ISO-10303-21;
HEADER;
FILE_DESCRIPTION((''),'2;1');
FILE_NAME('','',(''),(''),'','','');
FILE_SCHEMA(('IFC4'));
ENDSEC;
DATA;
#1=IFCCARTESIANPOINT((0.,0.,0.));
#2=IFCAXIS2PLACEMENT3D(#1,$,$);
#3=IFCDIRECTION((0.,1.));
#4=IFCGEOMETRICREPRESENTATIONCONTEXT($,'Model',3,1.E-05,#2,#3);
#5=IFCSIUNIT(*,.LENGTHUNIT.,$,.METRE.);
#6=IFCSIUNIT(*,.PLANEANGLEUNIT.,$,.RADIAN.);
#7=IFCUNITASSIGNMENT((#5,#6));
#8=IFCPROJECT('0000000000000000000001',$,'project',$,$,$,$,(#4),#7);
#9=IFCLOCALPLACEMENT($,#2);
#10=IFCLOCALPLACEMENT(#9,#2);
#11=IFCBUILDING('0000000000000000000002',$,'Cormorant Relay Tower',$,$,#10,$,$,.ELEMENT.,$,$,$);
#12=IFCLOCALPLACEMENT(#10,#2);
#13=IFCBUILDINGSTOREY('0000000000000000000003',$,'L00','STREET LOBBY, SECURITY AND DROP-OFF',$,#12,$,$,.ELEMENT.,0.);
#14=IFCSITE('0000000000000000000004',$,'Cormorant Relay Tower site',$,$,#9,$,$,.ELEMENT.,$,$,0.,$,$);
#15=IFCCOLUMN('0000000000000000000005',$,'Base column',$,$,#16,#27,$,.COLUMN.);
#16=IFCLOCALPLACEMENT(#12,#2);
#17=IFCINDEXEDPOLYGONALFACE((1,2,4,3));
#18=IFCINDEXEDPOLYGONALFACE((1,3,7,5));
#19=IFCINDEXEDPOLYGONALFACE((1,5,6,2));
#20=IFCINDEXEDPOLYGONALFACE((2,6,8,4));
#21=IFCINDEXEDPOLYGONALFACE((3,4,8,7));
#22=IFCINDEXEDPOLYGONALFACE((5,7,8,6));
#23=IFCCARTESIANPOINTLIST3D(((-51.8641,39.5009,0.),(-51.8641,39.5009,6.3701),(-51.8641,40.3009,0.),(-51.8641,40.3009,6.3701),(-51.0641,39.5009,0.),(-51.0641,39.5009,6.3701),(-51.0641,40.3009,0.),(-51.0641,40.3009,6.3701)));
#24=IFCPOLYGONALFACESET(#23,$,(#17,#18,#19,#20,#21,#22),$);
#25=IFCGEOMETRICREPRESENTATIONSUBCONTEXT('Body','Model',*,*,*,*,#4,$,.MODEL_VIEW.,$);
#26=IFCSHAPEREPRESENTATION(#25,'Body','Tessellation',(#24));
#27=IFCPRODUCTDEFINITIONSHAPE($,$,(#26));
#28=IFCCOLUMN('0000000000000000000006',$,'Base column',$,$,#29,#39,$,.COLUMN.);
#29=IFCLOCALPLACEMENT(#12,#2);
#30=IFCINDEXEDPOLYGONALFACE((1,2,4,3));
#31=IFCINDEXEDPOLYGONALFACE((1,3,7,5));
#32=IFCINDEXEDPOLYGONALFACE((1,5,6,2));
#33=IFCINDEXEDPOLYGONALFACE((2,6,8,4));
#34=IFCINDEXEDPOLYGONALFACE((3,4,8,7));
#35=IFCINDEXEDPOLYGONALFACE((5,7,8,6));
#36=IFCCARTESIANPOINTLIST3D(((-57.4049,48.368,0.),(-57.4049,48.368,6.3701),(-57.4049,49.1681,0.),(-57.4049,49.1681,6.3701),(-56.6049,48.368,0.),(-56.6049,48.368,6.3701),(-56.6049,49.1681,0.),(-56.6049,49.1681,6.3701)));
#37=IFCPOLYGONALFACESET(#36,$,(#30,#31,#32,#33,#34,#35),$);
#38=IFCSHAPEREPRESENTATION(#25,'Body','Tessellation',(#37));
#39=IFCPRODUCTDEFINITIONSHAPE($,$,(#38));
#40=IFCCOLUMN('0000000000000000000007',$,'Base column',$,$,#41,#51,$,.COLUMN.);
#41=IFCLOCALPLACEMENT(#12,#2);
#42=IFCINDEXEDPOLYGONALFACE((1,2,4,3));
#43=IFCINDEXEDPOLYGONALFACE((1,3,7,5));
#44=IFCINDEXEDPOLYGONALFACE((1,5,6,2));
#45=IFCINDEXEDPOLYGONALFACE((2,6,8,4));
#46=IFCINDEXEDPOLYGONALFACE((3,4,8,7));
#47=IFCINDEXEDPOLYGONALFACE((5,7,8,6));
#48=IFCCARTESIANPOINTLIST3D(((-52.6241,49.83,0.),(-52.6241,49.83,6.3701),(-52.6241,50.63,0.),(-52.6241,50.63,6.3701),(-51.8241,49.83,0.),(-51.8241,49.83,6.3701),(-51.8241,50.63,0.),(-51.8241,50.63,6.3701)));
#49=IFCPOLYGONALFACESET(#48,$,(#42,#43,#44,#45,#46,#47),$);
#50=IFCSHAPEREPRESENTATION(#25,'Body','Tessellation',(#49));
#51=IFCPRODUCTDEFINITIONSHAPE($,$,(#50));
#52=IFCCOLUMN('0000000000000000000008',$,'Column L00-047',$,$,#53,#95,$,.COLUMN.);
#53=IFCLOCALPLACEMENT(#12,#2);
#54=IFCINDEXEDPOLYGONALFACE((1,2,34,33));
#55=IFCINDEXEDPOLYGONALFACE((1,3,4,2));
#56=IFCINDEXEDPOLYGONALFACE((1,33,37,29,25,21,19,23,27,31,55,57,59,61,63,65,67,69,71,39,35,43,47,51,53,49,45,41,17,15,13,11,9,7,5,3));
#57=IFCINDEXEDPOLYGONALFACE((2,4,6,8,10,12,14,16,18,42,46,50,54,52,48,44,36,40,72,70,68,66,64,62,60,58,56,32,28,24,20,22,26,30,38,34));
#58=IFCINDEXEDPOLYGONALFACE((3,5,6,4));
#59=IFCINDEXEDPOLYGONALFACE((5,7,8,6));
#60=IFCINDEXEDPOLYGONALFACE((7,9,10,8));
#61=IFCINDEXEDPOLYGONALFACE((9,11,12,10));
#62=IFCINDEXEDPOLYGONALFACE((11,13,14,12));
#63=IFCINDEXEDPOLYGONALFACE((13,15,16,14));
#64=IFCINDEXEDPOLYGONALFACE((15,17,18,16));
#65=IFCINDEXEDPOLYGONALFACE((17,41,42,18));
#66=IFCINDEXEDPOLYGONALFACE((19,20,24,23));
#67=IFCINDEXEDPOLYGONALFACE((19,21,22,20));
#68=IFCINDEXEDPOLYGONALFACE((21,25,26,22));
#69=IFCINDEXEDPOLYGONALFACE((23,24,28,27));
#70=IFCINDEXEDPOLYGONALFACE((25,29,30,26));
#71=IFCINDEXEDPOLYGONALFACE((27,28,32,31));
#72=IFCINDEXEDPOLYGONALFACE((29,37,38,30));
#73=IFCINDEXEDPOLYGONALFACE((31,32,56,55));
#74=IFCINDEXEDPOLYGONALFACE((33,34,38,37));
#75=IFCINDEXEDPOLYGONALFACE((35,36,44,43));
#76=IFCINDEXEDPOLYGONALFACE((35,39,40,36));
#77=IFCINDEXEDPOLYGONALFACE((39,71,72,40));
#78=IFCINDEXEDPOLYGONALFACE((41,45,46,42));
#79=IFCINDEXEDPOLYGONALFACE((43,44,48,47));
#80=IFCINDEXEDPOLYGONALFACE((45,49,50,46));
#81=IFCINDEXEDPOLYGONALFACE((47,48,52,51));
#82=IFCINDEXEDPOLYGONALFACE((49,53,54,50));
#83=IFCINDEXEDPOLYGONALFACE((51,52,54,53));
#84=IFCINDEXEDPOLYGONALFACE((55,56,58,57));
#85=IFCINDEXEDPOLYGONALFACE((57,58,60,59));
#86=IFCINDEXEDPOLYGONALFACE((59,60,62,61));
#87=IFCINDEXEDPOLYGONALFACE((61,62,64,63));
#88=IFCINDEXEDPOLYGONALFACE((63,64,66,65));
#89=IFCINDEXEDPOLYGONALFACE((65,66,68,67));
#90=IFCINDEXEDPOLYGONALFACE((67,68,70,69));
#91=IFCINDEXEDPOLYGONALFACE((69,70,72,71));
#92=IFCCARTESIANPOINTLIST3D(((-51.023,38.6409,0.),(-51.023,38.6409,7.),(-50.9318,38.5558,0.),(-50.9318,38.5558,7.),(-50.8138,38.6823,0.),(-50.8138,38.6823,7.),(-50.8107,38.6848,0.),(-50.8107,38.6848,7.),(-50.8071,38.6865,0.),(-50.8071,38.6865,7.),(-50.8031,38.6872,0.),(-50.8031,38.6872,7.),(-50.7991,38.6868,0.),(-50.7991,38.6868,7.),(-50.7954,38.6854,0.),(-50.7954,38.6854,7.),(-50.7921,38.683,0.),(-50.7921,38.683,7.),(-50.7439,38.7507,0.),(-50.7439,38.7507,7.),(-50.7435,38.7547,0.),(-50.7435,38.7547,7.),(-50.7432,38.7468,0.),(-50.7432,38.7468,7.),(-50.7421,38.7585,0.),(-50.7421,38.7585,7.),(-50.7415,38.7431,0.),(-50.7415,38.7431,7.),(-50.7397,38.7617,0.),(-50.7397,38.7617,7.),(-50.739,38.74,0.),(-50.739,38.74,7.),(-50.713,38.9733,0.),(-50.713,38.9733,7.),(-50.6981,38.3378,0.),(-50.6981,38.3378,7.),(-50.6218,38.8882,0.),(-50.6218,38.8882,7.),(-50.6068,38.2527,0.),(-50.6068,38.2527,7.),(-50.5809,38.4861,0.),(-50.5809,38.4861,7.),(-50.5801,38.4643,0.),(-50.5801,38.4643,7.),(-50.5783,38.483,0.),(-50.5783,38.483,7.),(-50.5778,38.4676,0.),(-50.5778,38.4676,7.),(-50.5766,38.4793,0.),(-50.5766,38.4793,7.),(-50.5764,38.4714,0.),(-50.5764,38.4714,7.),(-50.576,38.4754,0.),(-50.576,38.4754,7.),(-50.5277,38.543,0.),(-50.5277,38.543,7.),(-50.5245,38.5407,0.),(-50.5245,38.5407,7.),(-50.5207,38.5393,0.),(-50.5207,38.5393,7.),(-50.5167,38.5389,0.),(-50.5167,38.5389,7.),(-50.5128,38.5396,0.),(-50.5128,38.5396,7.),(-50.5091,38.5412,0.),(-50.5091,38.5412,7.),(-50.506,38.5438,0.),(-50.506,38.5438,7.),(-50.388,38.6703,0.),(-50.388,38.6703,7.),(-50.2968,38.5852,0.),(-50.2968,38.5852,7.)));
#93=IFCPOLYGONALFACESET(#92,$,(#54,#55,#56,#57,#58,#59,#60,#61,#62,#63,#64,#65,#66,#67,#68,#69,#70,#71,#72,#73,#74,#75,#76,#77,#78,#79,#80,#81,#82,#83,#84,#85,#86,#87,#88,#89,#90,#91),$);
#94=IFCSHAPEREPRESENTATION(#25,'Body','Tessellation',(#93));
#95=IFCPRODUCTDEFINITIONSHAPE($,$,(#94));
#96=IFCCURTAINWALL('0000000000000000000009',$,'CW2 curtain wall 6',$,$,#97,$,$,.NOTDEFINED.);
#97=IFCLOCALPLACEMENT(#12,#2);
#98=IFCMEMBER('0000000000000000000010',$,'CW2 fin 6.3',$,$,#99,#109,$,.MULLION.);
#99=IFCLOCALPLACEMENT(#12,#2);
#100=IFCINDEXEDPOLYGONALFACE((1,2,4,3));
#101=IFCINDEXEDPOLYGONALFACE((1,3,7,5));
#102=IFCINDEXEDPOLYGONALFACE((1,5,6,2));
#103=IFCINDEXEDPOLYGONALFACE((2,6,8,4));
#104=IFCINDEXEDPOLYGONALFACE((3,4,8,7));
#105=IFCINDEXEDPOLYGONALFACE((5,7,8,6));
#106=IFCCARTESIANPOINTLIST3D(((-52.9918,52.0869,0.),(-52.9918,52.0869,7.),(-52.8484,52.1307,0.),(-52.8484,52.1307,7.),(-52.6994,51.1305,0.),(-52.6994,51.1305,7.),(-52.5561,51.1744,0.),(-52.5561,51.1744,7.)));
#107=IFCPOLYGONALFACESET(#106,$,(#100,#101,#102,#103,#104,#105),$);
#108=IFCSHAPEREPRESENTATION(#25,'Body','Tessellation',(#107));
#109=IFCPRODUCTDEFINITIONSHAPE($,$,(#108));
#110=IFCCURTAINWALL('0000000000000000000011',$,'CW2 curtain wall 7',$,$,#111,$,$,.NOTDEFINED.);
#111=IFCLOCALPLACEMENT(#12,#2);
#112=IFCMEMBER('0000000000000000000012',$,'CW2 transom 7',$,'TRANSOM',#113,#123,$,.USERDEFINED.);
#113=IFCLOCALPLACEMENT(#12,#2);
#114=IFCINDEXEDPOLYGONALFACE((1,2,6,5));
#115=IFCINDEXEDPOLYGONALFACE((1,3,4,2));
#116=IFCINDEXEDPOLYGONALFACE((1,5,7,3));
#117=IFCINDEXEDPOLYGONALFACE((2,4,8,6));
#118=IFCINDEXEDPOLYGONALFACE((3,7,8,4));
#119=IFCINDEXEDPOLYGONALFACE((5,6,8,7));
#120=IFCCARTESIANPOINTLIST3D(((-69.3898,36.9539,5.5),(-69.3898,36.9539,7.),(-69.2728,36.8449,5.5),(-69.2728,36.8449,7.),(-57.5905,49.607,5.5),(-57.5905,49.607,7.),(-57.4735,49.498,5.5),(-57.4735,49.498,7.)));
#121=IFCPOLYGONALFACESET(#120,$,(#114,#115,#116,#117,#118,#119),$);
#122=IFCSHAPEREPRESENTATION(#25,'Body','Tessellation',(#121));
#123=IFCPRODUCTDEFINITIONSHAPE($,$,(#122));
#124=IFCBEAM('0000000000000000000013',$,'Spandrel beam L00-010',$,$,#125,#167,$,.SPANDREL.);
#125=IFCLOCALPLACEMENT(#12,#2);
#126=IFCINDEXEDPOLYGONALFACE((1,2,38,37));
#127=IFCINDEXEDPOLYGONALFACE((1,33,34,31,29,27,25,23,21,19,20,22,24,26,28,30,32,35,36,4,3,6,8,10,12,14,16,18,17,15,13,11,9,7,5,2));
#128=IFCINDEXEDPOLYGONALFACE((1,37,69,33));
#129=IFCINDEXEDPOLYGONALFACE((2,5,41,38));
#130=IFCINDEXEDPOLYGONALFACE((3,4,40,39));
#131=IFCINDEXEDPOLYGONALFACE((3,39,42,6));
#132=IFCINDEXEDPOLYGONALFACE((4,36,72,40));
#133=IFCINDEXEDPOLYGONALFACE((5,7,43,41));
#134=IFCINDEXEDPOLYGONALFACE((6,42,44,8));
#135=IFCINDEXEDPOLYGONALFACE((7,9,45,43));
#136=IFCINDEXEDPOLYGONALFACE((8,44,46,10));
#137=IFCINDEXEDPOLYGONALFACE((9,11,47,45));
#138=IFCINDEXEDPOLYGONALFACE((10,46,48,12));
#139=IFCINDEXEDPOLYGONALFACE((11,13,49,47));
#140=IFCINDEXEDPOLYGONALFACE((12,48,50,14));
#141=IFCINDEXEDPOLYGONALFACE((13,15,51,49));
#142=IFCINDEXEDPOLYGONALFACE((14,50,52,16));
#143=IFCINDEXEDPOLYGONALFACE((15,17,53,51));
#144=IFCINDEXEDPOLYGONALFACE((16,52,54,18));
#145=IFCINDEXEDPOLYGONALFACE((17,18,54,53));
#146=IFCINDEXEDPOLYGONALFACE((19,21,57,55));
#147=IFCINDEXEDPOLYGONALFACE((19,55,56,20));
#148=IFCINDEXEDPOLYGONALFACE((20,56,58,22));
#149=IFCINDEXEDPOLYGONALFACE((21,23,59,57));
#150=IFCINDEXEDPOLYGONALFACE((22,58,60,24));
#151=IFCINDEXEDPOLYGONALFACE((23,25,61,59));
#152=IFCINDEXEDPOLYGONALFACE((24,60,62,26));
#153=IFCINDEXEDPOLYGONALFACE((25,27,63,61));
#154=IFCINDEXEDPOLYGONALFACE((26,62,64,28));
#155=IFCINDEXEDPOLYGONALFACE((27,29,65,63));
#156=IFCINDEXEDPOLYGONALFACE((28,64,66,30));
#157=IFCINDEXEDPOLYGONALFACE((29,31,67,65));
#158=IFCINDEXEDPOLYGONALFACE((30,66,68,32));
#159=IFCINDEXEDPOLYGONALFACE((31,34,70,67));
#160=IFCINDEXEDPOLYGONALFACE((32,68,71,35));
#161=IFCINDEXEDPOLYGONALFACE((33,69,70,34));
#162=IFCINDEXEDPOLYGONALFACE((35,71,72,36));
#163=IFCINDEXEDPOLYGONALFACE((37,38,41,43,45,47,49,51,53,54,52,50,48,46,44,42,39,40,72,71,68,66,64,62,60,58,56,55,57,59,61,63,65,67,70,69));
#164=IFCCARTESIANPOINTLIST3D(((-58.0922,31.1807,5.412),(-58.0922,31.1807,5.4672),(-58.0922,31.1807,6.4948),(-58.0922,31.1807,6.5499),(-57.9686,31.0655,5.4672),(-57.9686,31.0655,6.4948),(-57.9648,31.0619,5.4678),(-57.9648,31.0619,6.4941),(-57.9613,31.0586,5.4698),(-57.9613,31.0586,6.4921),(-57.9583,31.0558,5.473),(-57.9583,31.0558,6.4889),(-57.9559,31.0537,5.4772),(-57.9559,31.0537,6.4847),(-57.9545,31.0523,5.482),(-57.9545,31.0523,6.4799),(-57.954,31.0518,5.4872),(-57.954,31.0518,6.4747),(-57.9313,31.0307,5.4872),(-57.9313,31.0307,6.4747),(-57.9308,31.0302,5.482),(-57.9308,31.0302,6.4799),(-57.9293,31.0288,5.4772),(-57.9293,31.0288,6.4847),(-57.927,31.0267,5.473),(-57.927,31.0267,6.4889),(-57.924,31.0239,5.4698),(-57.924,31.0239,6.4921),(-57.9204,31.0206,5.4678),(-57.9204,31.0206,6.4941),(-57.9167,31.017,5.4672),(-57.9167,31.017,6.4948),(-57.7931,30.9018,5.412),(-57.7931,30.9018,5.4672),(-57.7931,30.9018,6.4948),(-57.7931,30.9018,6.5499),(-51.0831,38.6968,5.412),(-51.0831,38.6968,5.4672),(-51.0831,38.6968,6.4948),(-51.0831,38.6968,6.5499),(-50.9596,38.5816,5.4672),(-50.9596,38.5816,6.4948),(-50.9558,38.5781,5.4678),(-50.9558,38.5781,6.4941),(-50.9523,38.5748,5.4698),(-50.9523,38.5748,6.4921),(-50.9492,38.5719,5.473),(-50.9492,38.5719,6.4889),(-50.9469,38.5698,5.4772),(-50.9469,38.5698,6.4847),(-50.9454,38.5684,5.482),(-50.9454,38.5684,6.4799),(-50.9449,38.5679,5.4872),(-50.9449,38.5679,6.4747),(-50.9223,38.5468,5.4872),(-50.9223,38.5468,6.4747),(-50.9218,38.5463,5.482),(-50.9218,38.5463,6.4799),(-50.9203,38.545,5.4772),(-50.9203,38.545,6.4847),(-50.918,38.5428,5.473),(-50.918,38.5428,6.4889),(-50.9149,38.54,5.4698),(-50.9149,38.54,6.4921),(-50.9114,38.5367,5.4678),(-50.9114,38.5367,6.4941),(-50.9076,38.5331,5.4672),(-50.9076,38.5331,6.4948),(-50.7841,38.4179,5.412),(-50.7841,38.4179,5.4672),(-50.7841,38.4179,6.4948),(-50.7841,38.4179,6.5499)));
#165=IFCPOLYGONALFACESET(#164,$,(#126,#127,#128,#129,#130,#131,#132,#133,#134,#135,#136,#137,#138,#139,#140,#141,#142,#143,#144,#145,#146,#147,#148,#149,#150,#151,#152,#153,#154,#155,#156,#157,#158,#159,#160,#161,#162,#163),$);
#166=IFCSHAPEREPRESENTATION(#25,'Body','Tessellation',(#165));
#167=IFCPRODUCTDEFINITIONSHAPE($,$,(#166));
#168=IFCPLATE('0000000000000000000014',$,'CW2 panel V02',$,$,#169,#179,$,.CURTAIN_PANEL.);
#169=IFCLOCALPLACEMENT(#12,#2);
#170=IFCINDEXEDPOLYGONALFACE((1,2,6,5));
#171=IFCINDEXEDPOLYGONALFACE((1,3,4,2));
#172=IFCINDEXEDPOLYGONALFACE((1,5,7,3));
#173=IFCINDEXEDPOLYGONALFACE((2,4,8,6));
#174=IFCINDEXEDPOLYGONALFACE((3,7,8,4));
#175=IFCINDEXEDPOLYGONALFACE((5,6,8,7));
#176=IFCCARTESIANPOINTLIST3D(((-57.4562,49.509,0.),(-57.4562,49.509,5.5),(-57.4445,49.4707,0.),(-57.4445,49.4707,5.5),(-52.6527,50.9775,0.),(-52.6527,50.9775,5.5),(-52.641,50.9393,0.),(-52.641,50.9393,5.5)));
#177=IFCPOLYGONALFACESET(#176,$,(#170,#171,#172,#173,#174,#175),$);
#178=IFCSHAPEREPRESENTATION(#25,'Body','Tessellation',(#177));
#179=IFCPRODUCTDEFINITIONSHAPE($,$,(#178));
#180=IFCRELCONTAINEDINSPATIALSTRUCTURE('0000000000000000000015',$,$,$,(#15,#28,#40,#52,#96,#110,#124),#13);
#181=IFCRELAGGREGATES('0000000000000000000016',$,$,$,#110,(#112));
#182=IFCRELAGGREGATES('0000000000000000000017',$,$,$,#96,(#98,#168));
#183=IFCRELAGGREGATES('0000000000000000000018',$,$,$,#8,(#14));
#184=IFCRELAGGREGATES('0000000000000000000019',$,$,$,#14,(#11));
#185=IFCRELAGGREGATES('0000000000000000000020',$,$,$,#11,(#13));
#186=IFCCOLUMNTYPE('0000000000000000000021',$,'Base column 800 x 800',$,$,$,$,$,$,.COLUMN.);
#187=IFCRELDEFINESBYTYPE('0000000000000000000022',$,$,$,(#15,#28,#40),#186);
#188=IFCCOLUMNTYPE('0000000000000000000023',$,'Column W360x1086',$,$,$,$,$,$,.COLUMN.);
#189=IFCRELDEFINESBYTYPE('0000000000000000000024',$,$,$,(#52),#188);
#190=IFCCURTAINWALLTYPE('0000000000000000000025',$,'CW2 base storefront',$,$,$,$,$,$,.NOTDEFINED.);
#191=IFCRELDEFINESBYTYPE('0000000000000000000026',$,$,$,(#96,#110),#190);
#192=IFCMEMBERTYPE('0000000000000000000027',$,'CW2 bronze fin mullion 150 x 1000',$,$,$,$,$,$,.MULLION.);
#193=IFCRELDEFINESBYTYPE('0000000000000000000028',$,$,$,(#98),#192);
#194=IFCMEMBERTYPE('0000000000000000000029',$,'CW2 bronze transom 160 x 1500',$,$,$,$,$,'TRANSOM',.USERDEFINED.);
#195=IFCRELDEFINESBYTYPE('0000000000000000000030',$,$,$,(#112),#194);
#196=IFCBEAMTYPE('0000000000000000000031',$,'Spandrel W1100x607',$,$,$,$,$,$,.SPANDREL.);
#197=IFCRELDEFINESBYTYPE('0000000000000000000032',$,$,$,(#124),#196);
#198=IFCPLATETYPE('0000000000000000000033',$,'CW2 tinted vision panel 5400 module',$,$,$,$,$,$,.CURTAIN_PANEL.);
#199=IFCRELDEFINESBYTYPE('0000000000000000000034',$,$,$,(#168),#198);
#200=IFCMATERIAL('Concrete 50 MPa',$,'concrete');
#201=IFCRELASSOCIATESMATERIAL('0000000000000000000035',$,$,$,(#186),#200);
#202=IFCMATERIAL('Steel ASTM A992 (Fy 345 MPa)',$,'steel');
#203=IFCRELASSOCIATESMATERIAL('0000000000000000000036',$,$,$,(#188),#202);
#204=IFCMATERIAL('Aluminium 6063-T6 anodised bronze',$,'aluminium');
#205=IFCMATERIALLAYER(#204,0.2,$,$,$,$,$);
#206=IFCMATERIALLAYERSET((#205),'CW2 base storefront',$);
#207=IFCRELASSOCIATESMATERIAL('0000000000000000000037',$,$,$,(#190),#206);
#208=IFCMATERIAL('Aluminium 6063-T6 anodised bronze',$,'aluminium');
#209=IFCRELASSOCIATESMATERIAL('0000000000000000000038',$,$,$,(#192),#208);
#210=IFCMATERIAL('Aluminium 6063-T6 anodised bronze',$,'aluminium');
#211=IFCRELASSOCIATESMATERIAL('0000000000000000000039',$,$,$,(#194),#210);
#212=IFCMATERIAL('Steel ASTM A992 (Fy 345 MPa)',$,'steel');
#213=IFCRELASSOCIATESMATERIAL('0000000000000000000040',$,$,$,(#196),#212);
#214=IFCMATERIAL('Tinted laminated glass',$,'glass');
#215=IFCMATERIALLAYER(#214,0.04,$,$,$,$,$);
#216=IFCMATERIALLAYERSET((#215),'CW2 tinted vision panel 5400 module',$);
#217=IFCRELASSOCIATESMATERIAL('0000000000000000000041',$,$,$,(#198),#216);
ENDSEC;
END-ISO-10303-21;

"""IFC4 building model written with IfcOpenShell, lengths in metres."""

from ifc_helpers import new_model, si_unit, direction, frame, origin, origin_2d, place, context, subcontext, project, spatial, rectangle, i_section, extrude, material, layer, layer_set, material_profile, profile_set, type_object, element, aggregate, save


model = new_model("IFC4")

# Units and contexts
model_context = context("Model", 3, precision=1e-05, world=origin(), true_north=direction((0.0, 1.0)))
body_context = subcontext(model_context, "Body", "Model", "MODEL_VIEW")
ifc_project = project(units=[si_unit("LENGTHUNIT", "METRE"), si_unit("PLANEANGLEUNIT", "RADIAN")], contexts=[model_context])

# Site, building, storey
site_placement = place(None, origin())
site = spatial("IfcSite", under=ifc_project, at=site_placement, Name="Cormorant Relay Tower site", CompositionType="ELEMENT", RefElevation=0.0)
building_placement = place(site_placement, origin())
building = spatial("IfcBuilding", under=site, at=building_placement, Name="Cormorant Relay Tower", CompositionType="ELEMENT")
storey_placement = place(building_placement, origin())
storey = spatial("IfcBuildingStorey", under=building, at=storey_placement, Name="L00", Description="STREET LOBBY, SECURITY AND DROP-OFF", CompositionType="ELEMENT", Elevation=0.0)

# Columns
ifc_material_1 = material(Name="Concrete 50 MPa", Category="concrete")
ifc_material_profile_1 = material_profile(ifc_material_1, rectangle(XDim=0.8, YDim=0.8, at=origin_2d()), Name="RC 800x800")
ifc_profile_set_1 = profile_set([ifc_material_profile_1], Name="Concrete 50 MPa")
column_type_1 = type_object("IfcColumnType", Name="Base column 800 x 800", PredefinedType="COLUMN", material=ifc_profile_set_1)
for number, where, z_axis, x_axis, name in (
    (1, (-51.4641, 39.9009, 0.0), (0.0, 0.0, 1.0), (1.0, 0.0, 0.0), "Base column"),
    (2, (-57.0049, 48.7681, 0.0), (0.0, 0.0, 1.0), (1.0, 0.0, 0.0), "Base column"),
    (3, (-52.2241, 50.23, 0.0), (0.0, 0.0, 1.0), (1.0, 0.0, 0.0), "Base column"),
):
    element("IfcColumn", number, at=place(storey_placement, frame(where, z_axis=z_axis, x_axis=x_axis)), inside=storey, type_object=column_type_1, Name=name, PredefinedType="COLUMN", context=body_context, shape_type="SweptSolid", body=[
        extrude(rectangle(XDim=0.8, YDim=0.8, at=origin_2d()), origin(), (0.0, 0.0, 1.0), 6.3701),
    ])
ifc_material_2 = material(Name="Steel ASTM A992 (Fy 345 MPa)", Category="steel")
ifc_material_profile_2 = material_profile(ifc_material_2, i_section(OverallWidth=0.4546, OverallDepth=0.5691, WebThickness=0.0779, FlangeThickness=0.1248, FilletRadius=0.0154, at=origin_2d()), Name="W360x1086")
ifc_profile_set_2 = profile_set([ifc_material_profile_2], Name="Steel ASTM A992 (Fy 345 MPa)")
column_type_2 = type_object("IfcColumnType", Name="Column W360x1086", PredefinedType="COLUMN", material=ifc_profile_set_2)
column_placement = place(storey_placement, frame((-50.6599, 38.613, 0.0), z_axis=(0.0, 0.0, 1.0), x_axis=(-0.681998, -0.731354, 0.0)))
element("IfcColumn", 4, at=column_placement, inside=storey, type_object=column_type_2, Name="Column L00-047", PredefinedType="COLUMN", context=body_context, shape_type="SweptSolid", body=[
    extrude(i_section(OverallWidth=0.4546, OverallDepth=0.5691, WebThickness=0.0779, FlangeThickness=0.1248, FilletRadius=0.0154, at=origin_2d()), origin(), (0.0, 0.0, 1.0), 7.0),
])

# Curtain walls, members
ifc_material_3 = material(Name="Aluminium 6063-T6 anodised bronze", Category="aluminium")
ifc_layer_1 = layer(ifc_material_3, 0.2)
ifc_layer_set_1 = layer_set([ifc_layer_1], Name="CW2 base storefront")
curtain_wall_type = type_object("IfcCurtainWallType", Name="CW2 base storefront", PredefinedType="NOTDEFINED", material=ifc_layer_set_1)
curtain_wall_1_placement = place(storey_placement, origin())
curtain_wall_1 = element("IfcCurtainWall", 5, at=curtain_wall_1_placement, inside=storey, type_object=curtain_wall_type, Name="CW2 curtain wall 6", PredefinedType="NOTDEFINED")
ifc_material_4 = material(Name="Aluminium 6063-T6 anodised bronze", Category="aluminium")
ifc_material_profile_3 = material_profile(ifc_material_4, rectangle(XDim=0.1499, YDim=1.0, at=origin_2d()), Name="AL 150x1000")
ifc_profile_set_3 = profile_set([ifc_material_profile_3], Name="Aluminium 6063-T6 anodised bronze")
member_type_1 = type_object("IfcMemberType", Name="CW2 bronze fin mullion 150 x 1000", PredefinedType="MULLION", material=ifc_profile_set_3)
member_1_placement = place(storey_placement, frame((-52.7739, 51.6306, 0.0), z_axis=(0.0, 0.0, 1.0), x_axis=(-0.956305, -0.292372, 0.0)))
member_1 = element("IfcMember", 6, at=member_1_placement, type_object=member_type_1, Name="CW2 fin 6.3", PredefinedType="MULLION", context=body_context, shape_type="SweptSolid", body=[
    extrude(rectangle(XDim=0.1499, YDim=1.0, at=origin_2d()), origin(), (0.0, 0.0, 1.0), 7.0),
])
curtain_wall_2_placement = place(storey_placement, origin())
curtain_wall_2 = element("IfcCurtainWall", 7, at=curtain_wall_2_placement, inside=storey, type_object=curtain_wall_type, Name="CW2 curtain wall 7", PredefinedType="NOTDEFINED")
ifc_material_5 = material(Name="Aluminium 6063-T6 anodised bronze", Category="aluminium")
ifc_material_profile_4 = material_profile(ifc_material_5, rectangle(XDim=0.1599, YDim=1.5, at=origin_2d()), Name="AL 160x1500")
ifc_profile_set_4 = profile_set([ifc_material_profile_4], Name="Aluminium 6063-T6 anodised bronze")
member_type_2 = type_object("IfcMemberType", Name="CW2 bronze transom 160 x 1500", ElementType="TRANSOM", PredefinedType="USERDEFINED", material=ifc_profile_set_4)
member_2_placement = place(storey_placement, frame((-57.532, 49.5525, 6.25), z_axis=(-0.682002, -0.73135, 0.0), x_axis=(0.73135, -0.682002, 0.0)))
member_2 = element("IfcMember", 8, at=member_2_placement, type_object=member_type_2, Name="CW2 transom 7", ObjectType="TRANSOM", PredefinedType="USERDEFINED", context=body_context, shape_type="SweptSolid", body=[
    extrude(rectangle(XDim=0.1599, YDim=1.5, at=origin_2d()), origin(), (0.0, 0.0, 1.0), 17.301),
])
aggregate(curtain_wall_2, [member_2])

# Beam
ifc_material_6 = material(Name="Steel ASTM A992 (Fy 345 MPa)", Category="steel")
ifc_material_profile_5 = material_profile(ifc_material_6, i_section(OverallWidth=0.4089, OverallDepth=1.1379, WebThickness=0.031, FlangeThickness=0.0552, FilletRadius=0.02, at=origin_2d()), Name="W1100x607")
ifc_profile_set_5 = profile_set([ifc_material_profile_5], Name="Steel ASTM A992 (Fy 345 MPa)")
beam_type = type_object("IfcBeamType", Name="Spandrel W1100x607", PredefinedType="SPANDREL", material=ifc_profile_set_5)
beam_placement = place(storey_placement, frame((-50.9336, 38.5574, 5.981), z_axis=(-0.682006, -0.731347, 0.0), x_axis=(0.731347, -0.682006, 0.0)))
element("IfcBeam", 9, at=beam_placement, inside=storey, type_object=beam_type, Name="Spandrel beam L00-010", PredefinedType="SPANDREL", context=body_context, shape_type="SweptSolid", body=[
    extrude(i_section(OverallWidth=0.4089, OverallDepth=1.1379, WebThickness=0.031, FlangeThickness=0.0552, FilletRadius=0.02, at=origin_2d()), origin(), (0.0, 0.0, 1.0), 10.2771),
])

# Plate
ifc_material_7 = material(Name="Tinted laminated glass", Category="glass")
ifc_layer_2 = layer(ifc_material_7, 0.04)
ifc_layer_set_2 = layer_set([ifc_layer_2], Name="CW2 tinted vision panel 5400 module")
plate_type = type_object("IfcPlateType", Name="CW2 tinted vision panel 5400 module", PredefinedType="CURTAIN_PANEL", material=ifc_layer_set_2)
plate_placement = place(storey_placement, frame((-55.0486, 50.2241, 0.0), z_axis=(0.0, 0.0, 1.0), x_axis=(-0.956305, -0.292372, 0.0)))
plate = element("IfcPlate", 10, at=plate_placement, type_object=plate_type, Name="CW2 panel V02", PredefinedType="CURTAIN_PANEL", context=body_context, shape_type="SweptSolid", body=[
    extrude(rectangle(XDim=5.0229, YDim=0.04, at=origin_2d()), origin(), (0.0, 0.0, 1.0), 5.5),
])
aggregate(curtain_wall_1, [member_1, plate])

save(model, "model.ifc")
